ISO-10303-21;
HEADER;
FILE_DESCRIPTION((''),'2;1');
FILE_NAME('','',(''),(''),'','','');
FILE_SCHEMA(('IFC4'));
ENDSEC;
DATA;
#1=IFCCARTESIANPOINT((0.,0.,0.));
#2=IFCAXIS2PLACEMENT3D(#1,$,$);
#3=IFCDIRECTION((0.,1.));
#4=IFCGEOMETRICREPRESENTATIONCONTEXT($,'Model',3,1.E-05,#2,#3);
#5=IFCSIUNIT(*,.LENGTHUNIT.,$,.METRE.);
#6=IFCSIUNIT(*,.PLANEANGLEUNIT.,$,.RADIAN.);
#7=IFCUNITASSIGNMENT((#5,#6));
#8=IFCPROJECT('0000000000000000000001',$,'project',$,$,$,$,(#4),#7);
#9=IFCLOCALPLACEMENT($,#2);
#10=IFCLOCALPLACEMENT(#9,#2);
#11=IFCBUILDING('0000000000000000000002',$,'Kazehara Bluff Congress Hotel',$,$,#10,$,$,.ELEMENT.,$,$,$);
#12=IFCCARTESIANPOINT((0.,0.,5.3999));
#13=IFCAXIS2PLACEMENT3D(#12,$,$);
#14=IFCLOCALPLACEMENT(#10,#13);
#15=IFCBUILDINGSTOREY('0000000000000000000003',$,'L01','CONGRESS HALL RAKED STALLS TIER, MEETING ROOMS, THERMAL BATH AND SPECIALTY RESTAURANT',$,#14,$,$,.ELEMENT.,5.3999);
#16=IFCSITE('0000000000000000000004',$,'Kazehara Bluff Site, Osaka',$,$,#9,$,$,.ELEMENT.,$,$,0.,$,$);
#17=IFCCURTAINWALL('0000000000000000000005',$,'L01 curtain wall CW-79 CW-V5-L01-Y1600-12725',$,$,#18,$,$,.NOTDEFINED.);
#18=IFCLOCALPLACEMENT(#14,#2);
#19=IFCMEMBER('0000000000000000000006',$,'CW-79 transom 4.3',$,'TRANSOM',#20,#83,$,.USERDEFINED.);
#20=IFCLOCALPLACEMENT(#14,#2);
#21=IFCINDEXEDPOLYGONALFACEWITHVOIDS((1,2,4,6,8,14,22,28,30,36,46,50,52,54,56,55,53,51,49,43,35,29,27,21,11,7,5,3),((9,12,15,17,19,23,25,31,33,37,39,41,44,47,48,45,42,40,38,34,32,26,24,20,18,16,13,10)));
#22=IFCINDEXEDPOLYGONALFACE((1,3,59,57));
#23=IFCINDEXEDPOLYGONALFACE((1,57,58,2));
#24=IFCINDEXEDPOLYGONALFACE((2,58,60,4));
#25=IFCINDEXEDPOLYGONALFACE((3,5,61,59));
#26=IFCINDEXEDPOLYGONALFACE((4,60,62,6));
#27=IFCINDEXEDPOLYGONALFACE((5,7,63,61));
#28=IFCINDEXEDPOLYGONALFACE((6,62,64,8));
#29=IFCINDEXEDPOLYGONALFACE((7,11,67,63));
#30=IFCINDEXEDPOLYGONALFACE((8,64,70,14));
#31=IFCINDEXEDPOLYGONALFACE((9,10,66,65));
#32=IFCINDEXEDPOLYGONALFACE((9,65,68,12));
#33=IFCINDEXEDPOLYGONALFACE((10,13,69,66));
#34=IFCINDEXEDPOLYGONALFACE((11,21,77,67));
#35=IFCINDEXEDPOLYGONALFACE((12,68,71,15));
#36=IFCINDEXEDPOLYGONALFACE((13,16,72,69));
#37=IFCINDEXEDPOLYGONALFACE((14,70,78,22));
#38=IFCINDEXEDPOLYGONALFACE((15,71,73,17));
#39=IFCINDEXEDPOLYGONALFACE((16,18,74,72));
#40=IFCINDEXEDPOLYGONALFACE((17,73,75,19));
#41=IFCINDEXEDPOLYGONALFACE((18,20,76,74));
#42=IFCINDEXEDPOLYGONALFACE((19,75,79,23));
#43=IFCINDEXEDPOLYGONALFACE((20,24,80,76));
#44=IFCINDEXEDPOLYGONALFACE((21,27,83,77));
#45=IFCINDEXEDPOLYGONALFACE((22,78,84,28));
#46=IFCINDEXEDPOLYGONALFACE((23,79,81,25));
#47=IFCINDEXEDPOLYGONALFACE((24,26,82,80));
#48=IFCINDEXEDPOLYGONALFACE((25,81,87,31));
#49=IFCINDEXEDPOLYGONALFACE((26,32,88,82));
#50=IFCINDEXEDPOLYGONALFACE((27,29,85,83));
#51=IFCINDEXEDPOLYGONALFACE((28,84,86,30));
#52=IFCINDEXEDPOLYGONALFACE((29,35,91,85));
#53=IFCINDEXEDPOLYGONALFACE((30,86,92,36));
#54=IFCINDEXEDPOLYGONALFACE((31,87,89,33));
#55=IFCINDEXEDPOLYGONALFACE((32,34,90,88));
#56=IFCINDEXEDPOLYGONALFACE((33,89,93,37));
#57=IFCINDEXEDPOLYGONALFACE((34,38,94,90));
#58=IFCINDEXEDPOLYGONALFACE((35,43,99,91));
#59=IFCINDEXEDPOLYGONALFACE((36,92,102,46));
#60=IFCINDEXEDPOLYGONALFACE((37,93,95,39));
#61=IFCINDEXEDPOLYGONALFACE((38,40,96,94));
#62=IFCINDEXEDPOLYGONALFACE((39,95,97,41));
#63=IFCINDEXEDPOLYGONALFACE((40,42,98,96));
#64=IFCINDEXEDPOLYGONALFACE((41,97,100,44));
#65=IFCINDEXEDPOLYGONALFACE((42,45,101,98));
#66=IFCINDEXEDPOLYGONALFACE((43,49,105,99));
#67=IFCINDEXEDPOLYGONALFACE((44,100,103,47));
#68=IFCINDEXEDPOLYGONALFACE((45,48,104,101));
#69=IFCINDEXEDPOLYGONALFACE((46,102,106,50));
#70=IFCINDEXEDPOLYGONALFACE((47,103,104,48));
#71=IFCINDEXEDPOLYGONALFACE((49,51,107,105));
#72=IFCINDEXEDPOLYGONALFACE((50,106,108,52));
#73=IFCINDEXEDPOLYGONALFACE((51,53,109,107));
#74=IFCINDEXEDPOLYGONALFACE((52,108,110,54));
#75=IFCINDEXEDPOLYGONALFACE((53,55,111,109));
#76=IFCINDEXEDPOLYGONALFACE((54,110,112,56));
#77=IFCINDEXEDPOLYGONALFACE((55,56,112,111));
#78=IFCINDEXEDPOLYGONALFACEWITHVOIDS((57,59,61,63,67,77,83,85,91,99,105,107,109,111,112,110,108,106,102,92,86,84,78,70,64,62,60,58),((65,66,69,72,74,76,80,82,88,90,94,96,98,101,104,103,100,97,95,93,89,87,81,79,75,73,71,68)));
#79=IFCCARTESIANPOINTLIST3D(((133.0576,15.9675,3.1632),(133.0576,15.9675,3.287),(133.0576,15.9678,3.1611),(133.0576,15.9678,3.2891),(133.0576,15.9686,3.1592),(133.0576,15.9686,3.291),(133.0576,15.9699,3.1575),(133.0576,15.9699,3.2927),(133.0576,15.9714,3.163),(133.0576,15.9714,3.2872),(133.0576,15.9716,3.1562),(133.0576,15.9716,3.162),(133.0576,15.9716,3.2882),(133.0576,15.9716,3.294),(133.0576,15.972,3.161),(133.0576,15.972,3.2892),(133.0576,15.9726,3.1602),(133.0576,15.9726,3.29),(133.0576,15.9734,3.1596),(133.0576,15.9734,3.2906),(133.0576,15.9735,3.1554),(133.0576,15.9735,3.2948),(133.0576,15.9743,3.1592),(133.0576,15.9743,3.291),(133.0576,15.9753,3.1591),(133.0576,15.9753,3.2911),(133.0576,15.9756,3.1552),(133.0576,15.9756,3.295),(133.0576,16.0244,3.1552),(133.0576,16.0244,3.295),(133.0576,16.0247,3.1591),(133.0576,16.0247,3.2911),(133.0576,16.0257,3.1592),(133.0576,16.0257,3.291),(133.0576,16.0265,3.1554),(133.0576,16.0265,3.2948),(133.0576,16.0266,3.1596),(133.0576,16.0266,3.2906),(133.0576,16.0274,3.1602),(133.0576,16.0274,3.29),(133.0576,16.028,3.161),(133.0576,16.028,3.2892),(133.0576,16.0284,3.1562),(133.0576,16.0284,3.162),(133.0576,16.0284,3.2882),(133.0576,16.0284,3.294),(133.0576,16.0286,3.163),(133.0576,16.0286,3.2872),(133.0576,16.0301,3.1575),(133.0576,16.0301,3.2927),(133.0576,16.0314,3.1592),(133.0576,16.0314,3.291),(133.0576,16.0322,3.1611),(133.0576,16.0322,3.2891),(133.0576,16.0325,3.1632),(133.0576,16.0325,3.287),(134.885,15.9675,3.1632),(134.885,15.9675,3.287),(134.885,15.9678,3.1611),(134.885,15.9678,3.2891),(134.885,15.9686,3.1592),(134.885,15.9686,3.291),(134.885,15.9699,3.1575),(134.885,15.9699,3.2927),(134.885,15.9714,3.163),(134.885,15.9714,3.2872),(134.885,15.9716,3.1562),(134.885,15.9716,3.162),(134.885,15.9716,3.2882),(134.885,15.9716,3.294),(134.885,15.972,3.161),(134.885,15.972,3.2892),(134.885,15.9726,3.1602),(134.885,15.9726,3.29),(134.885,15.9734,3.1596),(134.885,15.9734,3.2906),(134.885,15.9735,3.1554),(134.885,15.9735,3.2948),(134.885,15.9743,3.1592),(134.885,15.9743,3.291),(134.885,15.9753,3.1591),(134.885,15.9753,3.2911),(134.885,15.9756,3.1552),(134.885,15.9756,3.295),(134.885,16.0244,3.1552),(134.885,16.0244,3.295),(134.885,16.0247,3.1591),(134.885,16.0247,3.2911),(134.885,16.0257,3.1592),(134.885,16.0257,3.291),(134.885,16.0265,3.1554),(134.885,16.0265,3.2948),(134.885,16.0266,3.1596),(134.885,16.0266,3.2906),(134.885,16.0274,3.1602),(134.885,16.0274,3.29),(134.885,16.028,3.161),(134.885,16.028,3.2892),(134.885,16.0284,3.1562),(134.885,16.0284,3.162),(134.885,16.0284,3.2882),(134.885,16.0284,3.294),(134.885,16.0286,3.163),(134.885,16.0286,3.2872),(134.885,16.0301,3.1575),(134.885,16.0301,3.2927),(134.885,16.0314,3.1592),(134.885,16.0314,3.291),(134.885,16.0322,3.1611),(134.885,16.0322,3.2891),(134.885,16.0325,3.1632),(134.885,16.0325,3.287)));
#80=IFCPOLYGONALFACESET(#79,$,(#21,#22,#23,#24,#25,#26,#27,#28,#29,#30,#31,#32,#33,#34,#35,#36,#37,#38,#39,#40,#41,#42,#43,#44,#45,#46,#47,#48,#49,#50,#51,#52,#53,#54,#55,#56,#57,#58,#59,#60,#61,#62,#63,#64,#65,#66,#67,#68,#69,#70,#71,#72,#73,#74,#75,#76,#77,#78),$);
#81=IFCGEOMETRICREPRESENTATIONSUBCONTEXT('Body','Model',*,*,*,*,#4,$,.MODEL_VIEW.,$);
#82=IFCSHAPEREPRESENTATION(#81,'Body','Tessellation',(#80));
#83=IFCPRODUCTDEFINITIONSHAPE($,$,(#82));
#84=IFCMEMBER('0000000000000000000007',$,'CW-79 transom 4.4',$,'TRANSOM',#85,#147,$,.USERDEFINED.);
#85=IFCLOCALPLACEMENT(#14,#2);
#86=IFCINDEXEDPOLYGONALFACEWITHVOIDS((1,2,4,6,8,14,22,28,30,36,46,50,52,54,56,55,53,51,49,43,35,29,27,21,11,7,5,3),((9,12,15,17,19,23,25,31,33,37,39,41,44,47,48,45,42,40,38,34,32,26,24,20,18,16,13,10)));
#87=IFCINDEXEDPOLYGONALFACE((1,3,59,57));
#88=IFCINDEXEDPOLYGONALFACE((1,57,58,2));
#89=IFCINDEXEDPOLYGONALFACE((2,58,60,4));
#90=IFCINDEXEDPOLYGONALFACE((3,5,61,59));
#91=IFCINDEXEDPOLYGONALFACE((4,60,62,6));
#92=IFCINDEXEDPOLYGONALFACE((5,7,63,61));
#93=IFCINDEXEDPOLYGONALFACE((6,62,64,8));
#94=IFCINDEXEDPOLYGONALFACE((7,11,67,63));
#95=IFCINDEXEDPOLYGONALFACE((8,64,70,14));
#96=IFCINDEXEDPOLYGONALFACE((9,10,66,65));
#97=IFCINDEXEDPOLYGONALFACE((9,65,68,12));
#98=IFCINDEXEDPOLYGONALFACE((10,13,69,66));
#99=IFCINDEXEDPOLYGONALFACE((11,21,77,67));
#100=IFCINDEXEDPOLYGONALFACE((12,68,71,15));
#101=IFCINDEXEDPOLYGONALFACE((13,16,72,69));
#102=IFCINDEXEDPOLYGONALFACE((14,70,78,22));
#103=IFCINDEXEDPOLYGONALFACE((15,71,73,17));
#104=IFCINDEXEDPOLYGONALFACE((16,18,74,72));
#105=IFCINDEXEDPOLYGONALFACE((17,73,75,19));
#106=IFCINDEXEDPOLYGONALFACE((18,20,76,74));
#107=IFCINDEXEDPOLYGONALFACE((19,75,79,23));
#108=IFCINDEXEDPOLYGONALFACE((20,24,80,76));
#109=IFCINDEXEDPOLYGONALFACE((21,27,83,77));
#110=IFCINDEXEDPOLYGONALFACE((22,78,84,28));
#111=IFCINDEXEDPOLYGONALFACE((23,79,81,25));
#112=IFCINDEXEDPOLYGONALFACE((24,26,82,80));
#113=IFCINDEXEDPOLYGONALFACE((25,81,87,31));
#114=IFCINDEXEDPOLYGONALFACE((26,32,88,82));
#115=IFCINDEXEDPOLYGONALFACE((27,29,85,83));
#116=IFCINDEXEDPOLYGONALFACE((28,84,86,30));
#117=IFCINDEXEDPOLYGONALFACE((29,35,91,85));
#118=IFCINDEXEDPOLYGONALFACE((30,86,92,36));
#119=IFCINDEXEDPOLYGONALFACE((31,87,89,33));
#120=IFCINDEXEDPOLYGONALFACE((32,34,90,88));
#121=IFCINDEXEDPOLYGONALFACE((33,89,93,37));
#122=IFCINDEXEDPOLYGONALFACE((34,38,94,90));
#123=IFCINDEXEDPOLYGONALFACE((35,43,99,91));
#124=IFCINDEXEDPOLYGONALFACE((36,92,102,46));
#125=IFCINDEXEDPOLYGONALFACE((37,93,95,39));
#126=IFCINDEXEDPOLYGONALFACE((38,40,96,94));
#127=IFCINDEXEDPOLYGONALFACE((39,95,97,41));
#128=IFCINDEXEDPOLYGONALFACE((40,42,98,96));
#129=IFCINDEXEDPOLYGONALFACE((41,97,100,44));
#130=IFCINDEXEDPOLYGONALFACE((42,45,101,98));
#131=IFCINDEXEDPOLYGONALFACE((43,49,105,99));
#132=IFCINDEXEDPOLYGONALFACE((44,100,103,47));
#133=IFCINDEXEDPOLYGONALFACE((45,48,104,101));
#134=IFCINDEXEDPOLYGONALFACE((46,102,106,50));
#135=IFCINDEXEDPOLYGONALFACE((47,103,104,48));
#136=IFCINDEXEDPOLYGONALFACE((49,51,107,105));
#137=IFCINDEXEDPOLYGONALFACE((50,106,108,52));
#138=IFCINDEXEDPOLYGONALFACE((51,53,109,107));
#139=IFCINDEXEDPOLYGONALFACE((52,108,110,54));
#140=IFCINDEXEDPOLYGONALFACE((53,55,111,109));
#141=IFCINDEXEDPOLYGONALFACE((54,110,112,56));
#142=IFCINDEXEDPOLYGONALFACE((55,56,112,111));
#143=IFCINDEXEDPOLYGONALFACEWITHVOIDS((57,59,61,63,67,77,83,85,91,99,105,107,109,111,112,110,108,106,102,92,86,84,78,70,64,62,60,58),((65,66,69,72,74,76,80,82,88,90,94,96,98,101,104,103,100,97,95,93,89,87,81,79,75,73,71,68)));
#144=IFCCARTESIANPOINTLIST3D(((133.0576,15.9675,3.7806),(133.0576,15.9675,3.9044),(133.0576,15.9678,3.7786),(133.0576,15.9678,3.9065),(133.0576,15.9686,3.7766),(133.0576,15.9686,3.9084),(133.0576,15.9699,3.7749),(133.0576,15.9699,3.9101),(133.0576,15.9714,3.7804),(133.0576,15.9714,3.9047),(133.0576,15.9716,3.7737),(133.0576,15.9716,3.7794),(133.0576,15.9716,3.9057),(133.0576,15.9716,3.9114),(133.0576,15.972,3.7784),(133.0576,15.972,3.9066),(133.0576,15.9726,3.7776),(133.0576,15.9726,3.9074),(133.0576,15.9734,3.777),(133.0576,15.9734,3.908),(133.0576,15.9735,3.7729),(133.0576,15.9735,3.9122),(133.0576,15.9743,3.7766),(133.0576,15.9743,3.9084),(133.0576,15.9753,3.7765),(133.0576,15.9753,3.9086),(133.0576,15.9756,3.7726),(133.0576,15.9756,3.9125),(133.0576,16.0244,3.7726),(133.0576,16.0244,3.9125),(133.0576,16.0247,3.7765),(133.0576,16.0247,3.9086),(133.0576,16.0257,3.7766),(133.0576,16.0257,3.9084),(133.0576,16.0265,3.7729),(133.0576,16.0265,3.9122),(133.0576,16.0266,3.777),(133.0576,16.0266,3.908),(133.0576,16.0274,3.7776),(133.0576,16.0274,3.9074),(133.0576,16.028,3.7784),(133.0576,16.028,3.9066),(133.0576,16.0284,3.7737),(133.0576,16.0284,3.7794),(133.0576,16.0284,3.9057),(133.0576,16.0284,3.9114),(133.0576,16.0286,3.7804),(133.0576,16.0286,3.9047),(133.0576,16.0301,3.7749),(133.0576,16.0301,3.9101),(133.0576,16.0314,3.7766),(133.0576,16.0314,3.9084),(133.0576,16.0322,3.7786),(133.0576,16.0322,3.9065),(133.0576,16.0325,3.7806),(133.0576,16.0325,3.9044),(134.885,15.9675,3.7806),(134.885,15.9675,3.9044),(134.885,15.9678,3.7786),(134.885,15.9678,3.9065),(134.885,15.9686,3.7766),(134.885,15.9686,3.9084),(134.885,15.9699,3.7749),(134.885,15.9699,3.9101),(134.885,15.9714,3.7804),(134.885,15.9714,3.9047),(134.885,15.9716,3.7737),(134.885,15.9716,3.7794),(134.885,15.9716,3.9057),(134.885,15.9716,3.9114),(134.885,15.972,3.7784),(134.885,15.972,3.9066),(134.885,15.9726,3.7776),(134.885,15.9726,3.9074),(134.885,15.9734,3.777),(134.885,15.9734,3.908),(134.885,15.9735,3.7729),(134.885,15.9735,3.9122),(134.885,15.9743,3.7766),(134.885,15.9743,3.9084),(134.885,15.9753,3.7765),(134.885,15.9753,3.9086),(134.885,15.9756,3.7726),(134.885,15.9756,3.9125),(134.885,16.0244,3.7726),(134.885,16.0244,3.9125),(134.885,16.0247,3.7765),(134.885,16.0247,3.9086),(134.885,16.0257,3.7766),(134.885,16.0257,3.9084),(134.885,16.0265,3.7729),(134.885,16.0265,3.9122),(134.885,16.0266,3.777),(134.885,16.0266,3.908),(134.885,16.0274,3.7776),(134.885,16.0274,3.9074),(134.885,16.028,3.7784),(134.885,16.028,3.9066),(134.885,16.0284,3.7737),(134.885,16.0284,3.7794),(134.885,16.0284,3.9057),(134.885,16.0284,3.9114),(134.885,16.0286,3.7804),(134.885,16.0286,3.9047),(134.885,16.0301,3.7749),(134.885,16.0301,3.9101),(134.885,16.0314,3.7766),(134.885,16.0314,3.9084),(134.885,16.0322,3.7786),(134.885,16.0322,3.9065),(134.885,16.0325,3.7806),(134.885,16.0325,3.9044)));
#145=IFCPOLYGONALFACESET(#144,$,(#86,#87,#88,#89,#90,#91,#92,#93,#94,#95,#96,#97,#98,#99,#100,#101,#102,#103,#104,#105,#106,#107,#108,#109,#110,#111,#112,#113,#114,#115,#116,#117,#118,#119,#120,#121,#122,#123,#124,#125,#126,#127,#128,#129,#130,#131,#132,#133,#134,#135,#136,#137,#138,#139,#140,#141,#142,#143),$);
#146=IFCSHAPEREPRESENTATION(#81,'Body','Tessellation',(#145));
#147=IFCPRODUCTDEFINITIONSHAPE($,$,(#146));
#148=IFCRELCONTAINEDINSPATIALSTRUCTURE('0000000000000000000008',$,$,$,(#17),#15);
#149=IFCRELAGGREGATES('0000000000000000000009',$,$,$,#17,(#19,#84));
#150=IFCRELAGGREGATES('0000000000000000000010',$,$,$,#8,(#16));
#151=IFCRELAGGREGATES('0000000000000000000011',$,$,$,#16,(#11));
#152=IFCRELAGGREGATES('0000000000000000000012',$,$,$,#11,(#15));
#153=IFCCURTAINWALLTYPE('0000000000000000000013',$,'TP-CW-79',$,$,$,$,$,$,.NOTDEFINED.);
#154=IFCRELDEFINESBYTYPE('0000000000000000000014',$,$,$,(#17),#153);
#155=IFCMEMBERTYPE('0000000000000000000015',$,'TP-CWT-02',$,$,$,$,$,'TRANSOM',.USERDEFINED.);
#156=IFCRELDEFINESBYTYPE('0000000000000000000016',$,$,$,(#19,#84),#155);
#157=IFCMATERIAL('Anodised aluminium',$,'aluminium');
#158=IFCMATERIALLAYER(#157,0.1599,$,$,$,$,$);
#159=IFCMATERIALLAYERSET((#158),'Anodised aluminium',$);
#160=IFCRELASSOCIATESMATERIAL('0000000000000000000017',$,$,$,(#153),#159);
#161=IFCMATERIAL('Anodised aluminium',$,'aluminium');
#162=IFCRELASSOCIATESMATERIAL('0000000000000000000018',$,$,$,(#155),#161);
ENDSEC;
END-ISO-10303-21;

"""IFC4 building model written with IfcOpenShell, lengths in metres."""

from ifc_helpers import new_model, si_unit, direction, frame, origin, origin_2d, place, context, subcontext, project, spatial, hollow_rectangle, extrude, material, layer, layer_set, material_profile, profile_set, type_object, element, aggregate, save


model = new_model("IFC4")

# Units and contexts
model_context = context("Model", 3, precision=1e-05, world=origin(), true_north=direction((0.0, 1.0)))
body_context = subcontext(model_context, "Body", "Model", "MODEL_VIEW")
ifc_project = project(units=[si_unit("LENGTHUNIT", "METRE"), si_unit("PLANEANGLEUNIT", "RADIAN")], contexts=[model_context])

# Site, building, storey
site_placement = place(None, origin())
site = spatial("IfcSite", under=ifc_project, at=site_placement, Name="Kazehara Bluff Site, Osaka", CompositionType="ELEMENT", RefElevation=0.0)
building_placement = place(site_placement, origin())
building = spatial("IfcBuilding", under=site, at=building_placement, Name="Kazehara Bluff Congress Hotel", CompositionType="ELEMENT")
storey_placement = place(building_placement, frame((0.0, 0.0, 5.3999)))
storey = spatial("IfcBuildingStorey", under=building, at=storey_placement, Name="L01", Description="CONGRESS HALL RAKED STALLS TIER, MEETING ROOMS, THERMAL BATH AND SPECIALTY RESTAURANT", CompositionType="ELEMENT", Elevation=5.3999)

# Curtain wall
ifc_material_1 = material(Name="Anodised aluminium", Category="aluminium")
ifc_layer_1 = layer(ifc_material_1, 0.1599)
ifc_layer_set_1 = layer_set([ifc_layer_1], Name="Anodised aluminium")
curtain_wall_type_1 = type_object("IfcCurtainWallType", Name="TP-CW-79", PredefinedType="NOTDEFINED", material=ifc_layer_set_1)
curtain_wall_1_placement = place(storey_placement, origin())
curtain_wall_1 = element("IfcCurtainWall", 1, at=curtain_wall_1_placement, inside=storey, type_object=curtain_wall_type_1, Name="L01 curtain wall CW-79 CW-V5-L01-Y1600-12725", PredefinedType="NOTDEFINED")

# Members
ifc_material_2 = material(Name="Anodised aluminium", Category="aluminium")
ifc_material_profile_1 = material_profile(ifc_material_2, hollow_rectangle(XDim=0.0649, YDim=0.1399, WallThickness=0.0039, InnerFilletRadius=0.0039, OuterFilletRadius=0.0081, at=origin_2d()))
ifc_profile_set_1 = profile_set([ifc_material_profile_1], Name="Anodised aluminium")
member_type_1 = type_object("IfcMemberType", Name="TP-CWT-02", ElementType="TRANSOM", PredefinedType="USERDEFINED", material=ifc_profile_set_1)
member_1_placement = place(storey_placement, frame((133.0576, 16.0, 3.2251), z_axis=(1.0, 0.0, 0.0), x_axis=(0.0, 1.0, 0.0)))
member_1 = element("IfcMember", 2, at=member_1_placement, type_object=member_type_1, Name="CW-79 transom 4.3", ObjectType="TRANSOM", PredefinedType="USERDEFINED", context=body_context, shape_type="SweptSolid", body=[
    extrude(hollow_rectangle(XDim=0.0649, YDim=0.1399, WallThickness=0.0039, InnerFilletRadius=0.0039, OuterFilletRadius=0.0081, at=origin_2d()), origin(), (0.0, 0.0, 1.0), 1.8274),
])
member_2_placement = place(storey_placement, frame((133.0576, 16.0, 3.8425), z_axis=(1.0, 0.0, 0.0), x_axis=(0.0, 1.0, 0.0)))
member_2 = element("IfcMember", 3, at=member_2_placement, type_object=member_type_1, Name="CW-79 transom 4.4", ObjectType="TRANSOM", PredefinedType="USERDEFINED", context=body_context, shape_type="SweptSolid", body=[
    extrude(hollow_rectangle(XDim=0.0649, YDim=0.1399, WallThickness=0.0039, InnerFilletRadius=0.0039, OuterFilletRadius=0.0081, at=origin_2d()), origin(), (0.0, 0.0, 1.0), 1.8274),
])

aggregate(curtain_wall_1, [member_1, member_2])

save(model, "model.ifc")
